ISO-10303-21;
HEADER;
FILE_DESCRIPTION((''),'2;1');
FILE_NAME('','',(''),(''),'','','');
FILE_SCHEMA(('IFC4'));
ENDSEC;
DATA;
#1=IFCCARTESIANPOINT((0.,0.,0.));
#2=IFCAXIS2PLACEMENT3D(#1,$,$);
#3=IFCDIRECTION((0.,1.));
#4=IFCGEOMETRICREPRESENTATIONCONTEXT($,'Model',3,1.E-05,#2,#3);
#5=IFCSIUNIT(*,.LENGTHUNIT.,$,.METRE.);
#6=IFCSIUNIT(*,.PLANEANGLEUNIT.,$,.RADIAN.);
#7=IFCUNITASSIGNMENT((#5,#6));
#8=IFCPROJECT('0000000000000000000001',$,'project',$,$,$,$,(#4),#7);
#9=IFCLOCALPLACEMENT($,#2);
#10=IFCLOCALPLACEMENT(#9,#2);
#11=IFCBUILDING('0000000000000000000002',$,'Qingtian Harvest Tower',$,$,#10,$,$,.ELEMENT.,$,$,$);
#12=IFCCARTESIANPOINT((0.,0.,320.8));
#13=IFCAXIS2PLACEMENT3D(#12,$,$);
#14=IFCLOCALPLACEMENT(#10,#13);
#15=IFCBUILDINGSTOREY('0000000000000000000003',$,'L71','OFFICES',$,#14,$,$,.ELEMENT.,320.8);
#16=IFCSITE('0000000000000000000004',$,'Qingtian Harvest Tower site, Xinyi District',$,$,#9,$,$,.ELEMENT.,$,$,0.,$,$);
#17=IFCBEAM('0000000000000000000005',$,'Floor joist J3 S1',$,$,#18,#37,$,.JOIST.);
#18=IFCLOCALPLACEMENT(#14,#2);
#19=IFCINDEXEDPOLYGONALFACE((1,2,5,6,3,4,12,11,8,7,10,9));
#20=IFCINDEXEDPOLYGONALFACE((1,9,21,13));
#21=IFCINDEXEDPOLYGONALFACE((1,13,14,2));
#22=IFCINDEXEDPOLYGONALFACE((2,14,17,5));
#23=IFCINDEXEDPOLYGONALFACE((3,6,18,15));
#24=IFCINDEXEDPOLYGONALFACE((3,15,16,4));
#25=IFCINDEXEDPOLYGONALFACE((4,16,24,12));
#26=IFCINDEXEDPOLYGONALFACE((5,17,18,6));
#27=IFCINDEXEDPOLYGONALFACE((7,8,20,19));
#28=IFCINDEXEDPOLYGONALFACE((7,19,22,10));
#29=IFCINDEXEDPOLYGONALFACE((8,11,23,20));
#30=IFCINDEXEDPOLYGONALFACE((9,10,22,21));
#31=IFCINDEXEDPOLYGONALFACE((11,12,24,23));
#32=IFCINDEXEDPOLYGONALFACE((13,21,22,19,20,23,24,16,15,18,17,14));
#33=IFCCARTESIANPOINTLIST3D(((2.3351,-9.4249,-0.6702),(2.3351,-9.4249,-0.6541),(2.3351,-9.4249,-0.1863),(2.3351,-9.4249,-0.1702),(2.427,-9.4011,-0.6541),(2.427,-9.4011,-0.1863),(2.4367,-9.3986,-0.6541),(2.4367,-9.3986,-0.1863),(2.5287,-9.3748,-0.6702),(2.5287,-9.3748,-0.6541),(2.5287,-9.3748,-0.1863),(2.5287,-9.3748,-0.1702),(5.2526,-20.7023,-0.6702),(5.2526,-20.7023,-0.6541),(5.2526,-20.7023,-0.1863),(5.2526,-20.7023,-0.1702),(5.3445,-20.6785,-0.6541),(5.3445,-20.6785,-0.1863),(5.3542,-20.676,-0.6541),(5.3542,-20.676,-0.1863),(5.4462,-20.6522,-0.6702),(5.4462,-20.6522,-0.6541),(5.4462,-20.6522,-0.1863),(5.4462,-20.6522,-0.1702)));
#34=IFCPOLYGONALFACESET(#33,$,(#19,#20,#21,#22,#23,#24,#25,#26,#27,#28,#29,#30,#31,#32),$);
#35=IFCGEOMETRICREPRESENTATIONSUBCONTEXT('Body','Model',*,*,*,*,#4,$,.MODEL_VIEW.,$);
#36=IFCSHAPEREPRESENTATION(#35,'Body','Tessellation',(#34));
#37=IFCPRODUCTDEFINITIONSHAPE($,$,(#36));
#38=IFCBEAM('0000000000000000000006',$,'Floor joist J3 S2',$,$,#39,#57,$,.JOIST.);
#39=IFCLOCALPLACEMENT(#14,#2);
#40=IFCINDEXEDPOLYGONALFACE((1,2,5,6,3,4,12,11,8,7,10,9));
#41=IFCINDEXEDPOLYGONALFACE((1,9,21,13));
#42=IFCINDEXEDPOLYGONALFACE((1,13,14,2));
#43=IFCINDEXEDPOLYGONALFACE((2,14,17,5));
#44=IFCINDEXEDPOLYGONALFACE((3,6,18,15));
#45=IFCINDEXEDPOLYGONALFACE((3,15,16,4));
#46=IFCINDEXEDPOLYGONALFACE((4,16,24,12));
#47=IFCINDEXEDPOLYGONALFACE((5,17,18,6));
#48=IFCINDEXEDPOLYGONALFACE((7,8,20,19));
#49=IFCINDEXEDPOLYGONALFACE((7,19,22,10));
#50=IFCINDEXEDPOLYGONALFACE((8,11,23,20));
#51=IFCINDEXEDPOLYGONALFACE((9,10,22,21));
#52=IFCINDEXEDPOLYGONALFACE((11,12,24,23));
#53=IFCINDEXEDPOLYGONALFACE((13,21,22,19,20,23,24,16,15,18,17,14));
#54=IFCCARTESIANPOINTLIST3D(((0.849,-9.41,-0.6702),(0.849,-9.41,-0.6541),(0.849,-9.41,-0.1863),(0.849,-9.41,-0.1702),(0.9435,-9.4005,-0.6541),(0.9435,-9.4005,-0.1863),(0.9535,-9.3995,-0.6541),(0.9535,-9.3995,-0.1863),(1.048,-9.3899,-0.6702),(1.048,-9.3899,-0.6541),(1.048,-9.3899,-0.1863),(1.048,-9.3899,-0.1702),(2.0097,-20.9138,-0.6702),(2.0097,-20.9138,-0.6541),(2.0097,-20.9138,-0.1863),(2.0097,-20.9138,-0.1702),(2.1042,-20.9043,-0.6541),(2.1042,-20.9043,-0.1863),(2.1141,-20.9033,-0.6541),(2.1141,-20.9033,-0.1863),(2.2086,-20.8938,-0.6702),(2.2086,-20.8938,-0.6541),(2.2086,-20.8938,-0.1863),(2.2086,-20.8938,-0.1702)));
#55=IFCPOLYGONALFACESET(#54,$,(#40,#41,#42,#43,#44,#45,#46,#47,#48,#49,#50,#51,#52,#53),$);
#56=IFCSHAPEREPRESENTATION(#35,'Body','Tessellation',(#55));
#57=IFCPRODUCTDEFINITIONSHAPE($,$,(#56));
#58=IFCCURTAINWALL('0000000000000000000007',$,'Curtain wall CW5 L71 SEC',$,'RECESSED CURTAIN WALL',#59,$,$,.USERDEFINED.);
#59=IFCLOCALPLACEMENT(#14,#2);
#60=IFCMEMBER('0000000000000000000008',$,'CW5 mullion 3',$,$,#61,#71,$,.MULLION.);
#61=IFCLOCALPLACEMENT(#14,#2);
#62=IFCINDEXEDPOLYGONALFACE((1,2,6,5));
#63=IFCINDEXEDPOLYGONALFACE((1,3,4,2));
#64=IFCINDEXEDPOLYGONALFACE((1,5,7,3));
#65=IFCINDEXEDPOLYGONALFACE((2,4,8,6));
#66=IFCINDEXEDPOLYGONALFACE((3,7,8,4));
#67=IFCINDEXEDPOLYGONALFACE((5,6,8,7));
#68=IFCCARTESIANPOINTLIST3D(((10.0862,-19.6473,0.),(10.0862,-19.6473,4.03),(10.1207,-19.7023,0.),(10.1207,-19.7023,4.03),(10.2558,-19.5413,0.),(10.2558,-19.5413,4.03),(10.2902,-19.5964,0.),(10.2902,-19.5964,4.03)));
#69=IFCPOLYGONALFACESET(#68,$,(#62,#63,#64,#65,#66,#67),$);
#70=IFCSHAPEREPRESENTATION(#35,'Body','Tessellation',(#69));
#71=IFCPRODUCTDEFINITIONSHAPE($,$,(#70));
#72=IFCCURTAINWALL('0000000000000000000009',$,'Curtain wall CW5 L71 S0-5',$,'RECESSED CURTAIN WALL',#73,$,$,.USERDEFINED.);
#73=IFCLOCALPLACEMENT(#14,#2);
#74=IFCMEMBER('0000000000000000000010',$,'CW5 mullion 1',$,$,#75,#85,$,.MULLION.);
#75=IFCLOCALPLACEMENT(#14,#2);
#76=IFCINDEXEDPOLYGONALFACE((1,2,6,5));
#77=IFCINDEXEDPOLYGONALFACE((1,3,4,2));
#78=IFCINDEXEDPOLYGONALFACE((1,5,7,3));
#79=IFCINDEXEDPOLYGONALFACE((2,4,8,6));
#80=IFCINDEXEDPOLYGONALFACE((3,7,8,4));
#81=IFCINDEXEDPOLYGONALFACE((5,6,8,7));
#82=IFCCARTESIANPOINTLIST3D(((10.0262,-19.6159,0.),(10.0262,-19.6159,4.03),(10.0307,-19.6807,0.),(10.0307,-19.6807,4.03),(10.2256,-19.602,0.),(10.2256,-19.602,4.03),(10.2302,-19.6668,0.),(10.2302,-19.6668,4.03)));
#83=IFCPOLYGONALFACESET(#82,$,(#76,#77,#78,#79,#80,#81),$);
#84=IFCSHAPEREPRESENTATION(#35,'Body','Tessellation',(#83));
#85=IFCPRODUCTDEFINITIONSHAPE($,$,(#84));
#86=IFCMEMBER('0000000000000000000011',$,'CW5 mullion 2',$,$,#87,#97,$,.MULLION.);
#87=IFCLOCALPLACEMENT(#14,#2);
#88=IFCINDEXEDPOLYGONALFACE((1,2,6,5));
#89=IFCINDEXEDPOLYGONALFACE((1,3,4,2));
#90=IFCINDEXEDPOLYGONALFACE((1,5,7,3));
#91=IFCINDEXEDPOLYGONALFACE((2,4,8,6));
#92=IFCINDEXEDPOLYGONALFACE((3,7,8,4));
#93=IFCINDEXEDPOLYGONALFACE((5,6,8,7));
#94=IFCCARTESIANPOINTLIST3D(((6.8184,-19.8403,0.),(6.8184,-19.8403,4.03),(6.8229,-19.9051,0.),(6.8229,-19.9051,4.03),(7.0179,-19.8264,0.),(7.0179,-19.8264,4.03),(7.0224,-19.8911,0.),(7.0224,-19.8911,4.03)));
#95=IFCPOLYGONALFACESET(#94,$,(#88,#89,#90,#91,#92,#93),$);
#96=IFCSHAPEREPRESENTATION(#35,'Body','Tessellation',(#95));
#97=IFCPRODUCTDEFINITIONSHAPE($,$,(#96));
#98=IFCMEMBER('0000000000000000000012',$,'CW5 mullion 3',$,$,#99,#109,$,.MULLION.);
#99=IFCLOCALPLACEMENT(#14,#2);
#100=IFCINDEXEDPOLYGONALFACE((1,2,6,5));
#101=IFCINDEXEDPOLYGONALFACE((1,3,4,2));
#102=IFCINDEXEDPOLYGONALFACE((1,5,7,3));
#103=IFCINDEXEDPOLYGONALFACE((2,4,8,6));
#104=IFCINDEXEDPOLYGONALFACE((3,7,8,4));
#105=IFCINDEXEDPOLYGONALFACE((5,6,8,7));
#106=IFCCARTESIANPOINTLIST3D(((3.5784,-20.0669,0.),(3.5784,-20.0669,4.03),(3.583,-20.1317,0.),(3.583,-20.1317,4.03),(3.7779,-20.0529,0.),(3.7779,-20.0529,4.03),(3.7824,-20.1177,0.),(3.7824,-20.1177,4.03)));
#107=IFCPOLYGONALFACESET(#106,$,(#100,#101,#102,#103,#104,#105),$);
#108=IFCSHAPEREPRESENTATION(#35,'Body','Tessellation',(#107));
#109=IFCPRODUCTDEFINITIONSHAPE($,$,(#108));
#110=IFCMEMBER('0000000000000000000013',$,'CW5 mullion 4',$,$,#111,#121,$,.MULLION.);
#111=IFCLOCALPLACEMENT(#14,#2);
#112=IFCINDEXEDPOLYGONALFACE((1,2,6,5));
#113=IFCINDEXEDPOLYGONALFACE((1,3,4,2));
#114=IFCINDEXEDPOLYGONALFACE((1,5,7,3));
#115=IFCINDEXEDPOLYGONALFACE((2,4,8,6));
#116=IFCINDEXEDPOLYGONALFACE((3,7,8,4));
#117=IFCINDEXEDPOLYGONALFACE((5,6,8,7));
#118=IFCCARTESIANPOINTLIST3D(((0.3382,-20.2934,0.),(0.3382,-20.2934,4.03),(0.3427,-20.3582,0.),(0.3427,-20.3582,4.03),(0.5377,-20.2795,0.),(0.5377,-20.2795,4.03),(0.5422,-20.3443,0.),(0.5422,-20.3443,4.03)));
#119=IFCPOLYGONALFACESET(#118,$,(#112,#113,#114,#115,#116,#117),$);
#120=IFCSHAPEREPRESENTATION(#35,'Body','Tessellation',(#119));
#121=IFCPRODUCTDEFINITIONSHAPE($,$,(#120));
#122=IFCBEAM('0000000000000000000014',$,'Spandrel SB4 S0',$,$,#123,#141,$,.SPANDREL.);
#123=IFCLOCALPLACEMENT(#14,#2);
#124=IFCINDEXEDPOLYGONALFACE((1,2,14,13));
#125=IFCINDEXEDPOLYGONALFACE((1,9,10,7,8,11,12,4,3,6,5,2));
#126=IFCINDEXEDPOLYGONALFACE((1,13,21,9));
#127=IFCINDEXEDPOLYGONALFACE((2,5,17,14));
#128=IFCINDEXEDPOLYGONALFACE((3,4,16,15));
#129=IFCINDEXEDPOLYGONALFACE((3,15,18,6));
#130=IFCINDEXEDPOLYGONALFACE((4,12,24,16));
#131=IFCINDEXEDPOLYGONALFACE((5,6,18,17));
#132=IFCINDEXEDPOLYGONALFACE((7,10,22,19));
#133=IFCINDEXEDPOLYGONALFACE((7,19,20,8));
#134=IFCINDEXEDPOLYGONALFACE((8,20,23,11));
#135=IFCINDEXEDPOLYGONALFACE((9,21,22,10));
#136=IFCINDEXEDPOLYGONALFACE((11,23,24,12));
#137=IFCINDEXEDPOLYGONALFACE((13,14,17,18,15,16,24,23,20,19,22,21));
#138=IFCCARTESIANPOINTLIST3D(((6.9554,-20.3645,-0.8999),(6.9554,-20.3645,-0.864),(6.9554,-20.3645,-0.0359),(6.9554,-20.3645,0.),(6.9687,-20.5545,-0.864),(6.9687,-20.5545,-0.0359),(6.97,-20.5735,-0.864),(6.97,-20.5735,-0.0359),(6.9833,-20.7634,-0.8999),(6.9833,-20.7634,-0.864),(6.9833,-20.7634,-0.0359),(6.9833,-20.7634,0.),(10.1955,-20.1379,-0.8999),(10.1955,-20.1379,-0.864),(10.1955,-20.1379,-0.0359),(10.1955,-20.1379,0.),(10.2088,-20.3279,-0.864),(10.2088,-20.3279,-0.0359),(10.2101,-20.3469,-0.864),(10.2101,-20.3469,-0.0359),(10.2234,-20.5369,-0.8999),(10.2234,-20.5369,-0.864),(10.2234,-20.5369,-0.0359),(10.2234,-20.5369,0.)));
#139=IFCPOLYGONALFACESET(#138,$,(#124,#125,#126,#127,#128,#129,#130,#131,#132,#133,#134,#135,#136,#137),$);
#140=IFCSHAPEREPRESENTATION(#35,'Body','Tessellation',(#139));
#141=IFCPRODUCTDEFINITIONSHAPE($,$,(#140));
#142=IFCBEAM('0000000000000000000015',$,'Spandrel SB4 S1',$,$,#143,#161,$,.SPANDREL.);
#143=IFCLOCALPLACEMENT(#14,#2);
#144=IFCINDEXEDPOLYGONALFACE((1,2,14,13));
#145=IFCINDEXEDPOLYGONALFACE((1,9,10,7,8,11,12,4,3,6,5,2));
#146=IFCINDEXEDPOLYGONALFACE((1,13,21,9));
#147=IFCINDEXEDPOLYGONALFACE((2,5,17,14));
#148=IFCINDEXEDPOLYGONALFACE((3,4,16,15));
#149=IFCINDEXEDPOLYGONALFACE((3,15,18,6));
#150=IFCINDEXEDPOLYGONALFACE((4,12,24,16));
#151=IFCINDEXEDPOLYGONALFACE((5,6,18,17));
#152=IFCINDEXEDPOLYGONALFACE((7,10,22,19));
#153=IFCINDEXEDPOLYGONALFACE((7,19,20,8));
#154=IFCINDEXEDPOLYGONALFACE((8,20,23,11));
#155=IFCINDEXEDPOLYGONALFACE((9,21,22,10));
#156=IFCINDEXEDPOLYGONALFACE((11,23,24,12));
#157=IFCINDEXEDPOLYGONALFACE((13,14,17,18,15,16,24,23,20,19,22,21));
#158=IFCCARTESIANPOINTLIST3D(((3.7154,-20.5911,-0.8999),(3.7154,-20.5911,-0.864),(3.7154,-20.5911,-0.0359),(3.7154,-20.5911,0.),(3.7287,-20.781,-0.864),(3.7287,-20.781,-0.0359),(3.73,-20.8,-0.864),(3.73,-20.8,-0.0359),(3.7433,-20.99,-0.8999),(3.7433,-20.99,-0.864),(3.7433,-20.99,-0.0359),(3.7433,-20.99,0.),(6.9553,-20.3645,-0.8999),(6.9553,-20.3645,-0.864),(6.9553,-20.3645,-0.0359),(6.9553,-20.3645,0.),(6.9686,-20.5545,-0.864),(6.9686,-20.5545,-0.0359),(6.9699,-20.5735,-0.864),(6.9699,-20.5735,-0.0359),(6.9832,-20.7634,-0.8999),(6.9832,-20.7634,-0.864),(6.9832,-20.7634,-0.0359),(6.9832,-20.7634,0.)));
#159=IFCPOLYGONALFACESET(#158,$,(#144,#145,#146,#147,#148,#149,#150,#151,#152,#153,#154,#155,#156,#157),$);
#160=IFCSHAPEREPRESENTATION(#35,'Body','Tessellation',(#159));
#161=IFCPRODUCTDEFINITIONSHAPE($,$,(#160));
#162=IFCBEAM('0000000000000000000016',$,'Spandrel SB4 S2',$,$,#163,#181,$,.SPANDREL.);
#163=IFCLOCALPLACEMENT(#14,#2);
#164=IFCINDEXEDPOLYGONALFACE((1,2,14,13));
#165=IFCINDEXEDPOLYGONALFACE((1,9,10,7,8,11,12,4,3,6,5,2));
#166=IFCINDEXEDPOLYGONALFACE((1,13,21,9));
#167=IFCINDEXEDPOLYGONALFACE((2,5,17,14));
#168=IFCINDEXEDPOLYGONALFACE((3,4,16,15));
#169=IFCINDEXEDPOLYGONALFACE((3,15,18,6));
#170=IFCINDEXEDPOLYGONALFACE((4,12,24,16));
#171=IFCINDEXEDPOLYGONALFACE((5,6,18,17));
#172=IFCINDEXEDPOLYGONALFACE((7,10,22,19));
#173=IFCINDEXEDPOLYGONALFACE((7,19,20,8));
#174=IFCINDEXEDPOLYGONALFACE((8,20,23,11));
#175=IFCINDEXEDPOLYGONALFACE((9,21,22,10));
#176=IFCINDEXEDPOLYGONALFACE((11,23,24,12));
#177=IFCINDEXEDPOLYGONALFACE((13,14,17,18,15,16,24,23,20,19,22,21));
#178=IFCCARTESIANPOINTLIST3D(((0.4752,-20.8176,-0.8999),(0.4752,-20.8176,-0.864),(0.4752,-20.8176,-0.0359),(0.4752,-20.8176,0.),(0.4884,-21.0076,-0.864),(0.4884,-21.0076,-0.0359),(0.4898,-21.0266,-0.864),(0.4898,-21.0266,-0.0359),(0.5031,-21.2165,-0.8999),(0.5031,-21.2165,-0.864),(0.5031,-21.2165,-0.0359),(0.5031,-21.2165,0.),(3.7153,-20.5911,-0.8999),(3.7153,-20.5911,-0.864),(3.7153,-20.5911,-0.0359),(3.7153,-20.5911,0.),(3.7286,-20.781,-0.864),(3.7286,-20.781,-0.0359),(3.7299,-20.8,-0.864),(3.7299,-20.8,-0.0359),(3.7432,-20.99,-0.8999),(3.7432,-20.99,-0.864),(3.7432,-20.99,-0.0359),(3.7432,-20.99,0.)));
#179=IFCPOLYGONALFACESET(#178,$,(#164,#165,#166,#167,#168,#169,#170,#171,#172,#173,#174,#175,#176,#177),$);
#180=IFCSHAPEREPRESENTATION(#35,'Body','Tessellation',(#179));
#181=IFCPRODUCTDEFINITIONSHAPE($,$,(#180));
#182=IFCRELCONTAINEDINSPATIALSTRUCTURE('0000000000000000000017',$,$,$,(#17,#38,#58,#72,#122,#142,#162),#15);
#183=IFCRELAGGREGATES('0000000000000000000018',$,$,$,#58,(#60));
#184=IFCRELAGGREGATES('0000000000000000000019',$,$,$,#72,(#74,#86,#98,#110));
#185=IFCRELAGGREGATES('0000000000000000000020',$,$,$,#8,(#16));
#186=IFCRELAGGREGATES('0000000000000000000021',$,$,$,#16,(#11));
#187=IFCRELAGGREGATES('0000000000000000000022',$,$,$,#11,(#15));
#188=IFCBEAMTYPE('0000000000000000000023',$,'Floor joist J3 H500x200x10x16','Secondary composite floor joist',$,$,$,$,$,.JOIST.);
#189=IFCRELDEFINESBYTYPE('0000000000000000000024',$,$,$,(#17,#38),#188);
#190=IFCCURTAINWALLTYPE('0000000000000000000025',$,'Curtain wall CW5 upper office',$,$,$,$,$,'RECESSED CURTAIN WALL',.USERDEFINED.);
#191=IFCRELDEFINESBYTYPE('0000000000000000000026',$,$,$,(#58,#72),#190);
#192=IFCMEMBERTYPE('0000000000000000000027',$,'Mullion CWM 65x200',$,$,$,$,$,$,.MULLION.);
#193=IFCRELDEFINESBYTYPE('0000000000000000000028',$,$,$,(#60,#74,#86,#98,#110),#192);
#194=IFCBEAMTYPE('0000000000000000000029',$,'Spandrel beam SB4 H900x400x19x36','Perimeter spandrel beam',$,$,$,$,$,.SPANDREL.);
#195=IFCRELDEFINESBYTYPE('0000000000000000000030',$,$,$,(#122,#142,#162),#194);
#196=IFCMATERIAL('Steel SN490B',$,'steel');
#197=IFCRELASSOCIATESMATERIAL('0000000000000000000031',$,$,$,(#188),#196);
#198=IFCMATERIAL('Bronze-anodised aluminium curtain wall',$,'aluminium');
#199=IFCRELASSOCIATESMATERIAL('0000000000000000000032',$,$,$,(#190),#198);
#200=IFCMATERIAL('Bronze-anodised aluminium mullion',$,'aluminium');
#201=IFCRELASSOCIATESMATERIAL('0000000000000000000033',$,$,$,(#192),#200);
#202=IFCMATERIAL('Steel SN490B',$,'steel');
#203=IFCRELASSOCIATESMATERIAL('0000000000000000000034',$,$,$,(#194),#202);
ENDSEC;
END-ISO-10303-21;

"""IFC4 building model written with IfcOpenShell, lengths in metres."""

from ifc_helpers import new_model, si_unit, direction, frame, origin, origin_2d, place, context, subcontext, project, spatial, rectangle, i_section, extrude, material, material_profile, profile_set, type_object, element, aggregate, save


model = new_model("IFC4")

# Units and contexts
model_context = context("Model", 3, precision=1e-05, world=origin(), true_north=direction((0.0, 1.0)))
body_context = subcontext(model_context, "Body", "Model", "MODEL_VIEW")
ifc_project = project(units=[si_unit("LENGTHUNIT", "METRE"), si_unit("PLANEANGLEUNIT", "RADIAN")], contexts=[model_context])

# Site, building, storey
site_placement = place(None, origin())
site = spatial("IfcSite", under=ifc_project, at=site_placement, Name="Qingtian Harvest Tower site, Xinyi District", CompositionType="ELEMENT", RefElevation=0.0)
building_placement = place(site_placement, origin())
building = spatial("IfcBuilding", under=site, at=building_placement, Name="Qingtian Harvest Tower", CompositionType="ELEMENT")
storey_placement = place(building_placement, frame((0.0, 0.0, 320.8)))
storey = spatial("IfcBuildingStorey", under=building, at=storey_placement, Name="L71", Description="OFFICES", CompositionType="ELEMENT", Elevation=320.8)

# Beams
ifc_material_1 = material(Name="Steel SN490B", Category="steel")
ifc_material_profile_1 = material_profile(ifc_material_1, i_section(OverallWidth=0.2, OverallDepth=0.5, WebThickness=0.01, FlangeThickness=0.0161, at=origin_2d()), Name="H500x200x10x16")
ifc_profile_set_1 = profile_set([ifc_material_profile_1], Name="Steel SN490B")
beam_type_1 = type_object("IfcBeamType", Name="Floor joist J3 H500x200x10x16", Description="Secondary composite floor joist", PredefinedType="JOIST", material=ifc_profile_set_1)
beam_1_placement = place(storey_placement, frame((5.3494, -20.6772, -0.4202), z_axis=(-0.250457, 0.968128, 0.0), x_axis=(-0.968128, -0.250457, 0.0)))
element("IfcBeam", 1, at=beam_1_placement, inside=storey, type_object=beam_type_1, Name="Floor joist J3 S1", PredefinedType="JOIST", context=body_context, shape_type="SweptSolid", body=[
    extrude(i_section(OverallWidth=0.2, OverallDepth=0.5, WebThickness=0.01, FlangeThickness=0.0161, at=origin_2d()), origin(), (0.0, 0.0, 1.0), 11.6487),
])
beam_2_placement = place(storey_placement, frame((2.1091, -20.9038, -0.4202), z_axis=(-0.100382, 0.994949, 0.0), x_axis=(-0.994949, -0.100382, 0.0)))
element("IfcBeam", 2, at=beam_2_placement, inside=storey, type_object=beam_type_1, Name="Floor joist J3 S2", PredefinedType="JOIST", context=body_context, shape_type="SweptSolid", body=[
    extrude(i_section(OverallWidth=0.2, OverallDepth=0.5, WebThickness=0.01, FlangeThickness=0.0161, at=origin_2d()), origin(), (0.0, 0.0, 1.0), 11.5623),
])

# Curtain wall, member
ifc_material_2 = material(Name="Bronze-anodised aluminium curtain wall", Category="aluminium")
curtain_wall_type = type_object("IfcCurtainWallType", Name="Curtain wall CW5 upper office", ElementType="RECESSED CURTAIN WALL", PredefinedType="USERDEFINED", material=ifc_material_2)
curtain_wall_1_placement = place(storey_placement, origin())
curtain_wall_1 = element("IfcCurtainWall", 3, at=curtain_wall_1_placement, inside=storey, type_object=curtain_wall_type, Name="Curtain wall CW5 L71 SEC", ObjectType="RECESSED CURTAIN WALL", PredefinedType="USERDEFINED")
ifc_material_3 = material(Name="Bronze-anodised aluminium mullion", Category="aluminium")
ifc_material_profile_2 = material_profile(ifc_material_3, rectangle(XDim=0.0649, YDim=0.2, at=origin_2d()), Name="AL 65x200")
ifc_profile_set_2 = profile_set([ifc_material_profile_2], Name="Bronze-anodised aluminium mullion")
member_type_1 = type_object("IfcMemberType", Name="Mullion CWM 65x200", PredefinedType="MULLION", material=ifc_profile_set_2)
member_1_placement = place(storey_placement, frame((10.1882, -19.6218, 0.0), z_axis=(0.0, 0.0, 1.0), x_axis=(0.529919, -0.848048, 0.0)))
member_1 = element("IfcMember", 4, at=member_1_placement, type_object=member_type_1, Name="CW5 mullion 3", PredefinedType="MULLION", context=body_context, shape_type="SweptSolid", body=[
    extrude(rectangle(XDim=0.0649, YDim=0.2, at=origin_2d()), origin(), (0.0, 0.0, 1.0), 4.03),
])

# Curtain wall, members
curtain_wall_2_placement = place(storey_placement, origin())
curtain_wall_2 = element("IfcCurtainWall", 5, at=curtain_wall_2_placement, inside=storey, type_object=curtain_wall_type, Name="Curtain wall CW5 L71 S0-5", ObjectType="RECESSED CURTAIN WALL", PredefinedType="USERDEFINED")
member_2_placement = place(storey_placement, frame((10.1282, -19.6414, 0.0), z_axis=(0.0, 0.0, 1.0), x_axis=(0.069756, -0.997564, 0.0)))
member_2 = element("IfcMember", 6, at=member_2_placement, type_object=member_type_1, Name="CW5 mullion 1", PredefinedType="MULLION", context=body_context, shape_type="SweptSolid", body=[
    extrude(rectangle(XDim=0.0649, YDim=0.2, at=origin_2d()), origin(), (0.0, 0.0, 1.0), 4.03),
])
member_3_placement = place(storey_placement, frame((6.9204, -19.8657, 0.0), z_axis=(0.0, 0.0, 1.0), x_axis=(0.069756, -0.997564, 0.0)))
member_3 = element("IfcMember", 7, at=member_3_placement, type_object=member_type_1, Name="CW5 mullion 2", PredefinedType="MULLION", context=body_context, shape_type="SweptSolid", body=[
    extrude(rectangle(XDim=0.0649, YDim=0.2, at=origin_2d()), origin(), (0.0, 0.0, 1.0), 4.03),
])
member_4_placement = place(storey_placement, frame((3.6804, -20.0923, 0.0), z_axis=(0.0, 0.0, 1.0), x_axis=(0.069756, -0.997564, 0.0)))
member_4 = element("IfcMember", 8, at=member_4_placement, type_object=member_type_1, Name="CW5 mullion 3", PredefinedType="MULLION", context=body_context, shape_type="SweptSolid", body=[
    extrude(rectangle(XDim=0.0649, YDim=0.2, at=origin_2d()), origin(), (0.0, 0.0, 1.0), 4.03),
])
member_5_placement = place(storey_placement, frame((0.4402, -20.3188, 0.0), z_axis=(0.0, 0.0, 1.0), x_axis=(0.069756, -0.997564, 0.0)))
member_5 = element("IfcMember", 9, at=member_5_placement, type_object=member_type_1, Name="CW5 mullion 4", PredefinedType="MULLION", context=body_context, shape_type="SweptSolid", body=[
    extrude(rectangle(XDim=0.0649, YDim=0.2, at=origin_2d()), origin(), (0.0, 0.0, 1.0), 4.03),
])

# Beams
ifc_material_4 = material(Name="Steel SN490B", Category="steel")
ifc_material_profile_3 = material_profile(ifc_material_4, i_section(OverallWidth=0.3999, OverallDepth=0.8999, WebThickness=0.019, FlangeThickness=0.0359, at=origin_2d()), Name="H900x400x19x36")
ifc_profile_set_3 = profile_set([ifc_material_profile_3], Name="Steel SN490B")
beam_type_2 = type_object("IfcBeamType", Name="Spandrel beam SB4 H900x400x19x36", Description="Perimeter spandrel beam", PredefinedType="SPANDREL", material=ifc_profile_set_3)
beam_3_placement = place(storey_placement, frame((10.2095, -20.3374, -0.45), z_axis=(-0.997564, -0.069751, 0.0), x_axis=(0.069751, -0.997564, 0.0)))
element("IfcBeam", 10, at=beam_3_placement, inside=storey, type_object=beam_type_2, Name="Spandrel SB4 S0", PredefinedType="SPANDREL", context=body_context, shape_type="SweptSolid", body=[
    extrude(i_section(OverallWidth=0.3999, OverallDepth=0.8999, WebThickness=0.019, FlangeThickness=0.0359, at=origin_2d()), origin(), (0.0, 0.0, 1.0), 3.248),
])
beam_4_placement = place(storey_placement, frame((6.9692, -20.564, -0.45), z_axis=(-0.997564, -0.069757, 0.0), x_axis=(0.069757, -0.997564, 0.0)))
element("IfcBeam", 11, at=beam_4_placement, inside=storey, type_object=beam_type_2, Name="Spandrel SB4 S1", PredefinedType="SPANDREL", context=body_context, shape_type="SweptSolid", body=[
    extrude(i_section(OverallWidth=0.3999, OverallDepth=0.8999, WebThickness=0.019, FlangeThickness=0.0359, at=origin_2d()), origin(), (0.0, 0.0, 1.0), 3.2478),
])
beam_5_placement = place(storey_placement, frame((3.7292, -20.7905, -0.45), z_axis=(-0.997564, -0.069751, 0.0), x_axis=(0.069751, -0.997564, 0.0)))
element("IfcBeam", 12, at=beam_5_placement, inside=storey, type_object=beam_type_2, Name="Spandrel SB4 S2", PredefinedType="SPANDREL", context=body_context, shape_type="SweptSolid", body=[
    extrude(i_section(OverallWidth=0.3999, OverallDepth=0.8999, WebThickness=0.019, FlangeThickness=0.0359, at=origin_2d()), origin(), (0.0, 0.0, 1.0), 3.248),
])

aggregate(curtain_wall_1, [member_1])
aggregate(curtain_wall_2, [member_2, member_3, member_4, member_5])

save(model, "model.ifc")
